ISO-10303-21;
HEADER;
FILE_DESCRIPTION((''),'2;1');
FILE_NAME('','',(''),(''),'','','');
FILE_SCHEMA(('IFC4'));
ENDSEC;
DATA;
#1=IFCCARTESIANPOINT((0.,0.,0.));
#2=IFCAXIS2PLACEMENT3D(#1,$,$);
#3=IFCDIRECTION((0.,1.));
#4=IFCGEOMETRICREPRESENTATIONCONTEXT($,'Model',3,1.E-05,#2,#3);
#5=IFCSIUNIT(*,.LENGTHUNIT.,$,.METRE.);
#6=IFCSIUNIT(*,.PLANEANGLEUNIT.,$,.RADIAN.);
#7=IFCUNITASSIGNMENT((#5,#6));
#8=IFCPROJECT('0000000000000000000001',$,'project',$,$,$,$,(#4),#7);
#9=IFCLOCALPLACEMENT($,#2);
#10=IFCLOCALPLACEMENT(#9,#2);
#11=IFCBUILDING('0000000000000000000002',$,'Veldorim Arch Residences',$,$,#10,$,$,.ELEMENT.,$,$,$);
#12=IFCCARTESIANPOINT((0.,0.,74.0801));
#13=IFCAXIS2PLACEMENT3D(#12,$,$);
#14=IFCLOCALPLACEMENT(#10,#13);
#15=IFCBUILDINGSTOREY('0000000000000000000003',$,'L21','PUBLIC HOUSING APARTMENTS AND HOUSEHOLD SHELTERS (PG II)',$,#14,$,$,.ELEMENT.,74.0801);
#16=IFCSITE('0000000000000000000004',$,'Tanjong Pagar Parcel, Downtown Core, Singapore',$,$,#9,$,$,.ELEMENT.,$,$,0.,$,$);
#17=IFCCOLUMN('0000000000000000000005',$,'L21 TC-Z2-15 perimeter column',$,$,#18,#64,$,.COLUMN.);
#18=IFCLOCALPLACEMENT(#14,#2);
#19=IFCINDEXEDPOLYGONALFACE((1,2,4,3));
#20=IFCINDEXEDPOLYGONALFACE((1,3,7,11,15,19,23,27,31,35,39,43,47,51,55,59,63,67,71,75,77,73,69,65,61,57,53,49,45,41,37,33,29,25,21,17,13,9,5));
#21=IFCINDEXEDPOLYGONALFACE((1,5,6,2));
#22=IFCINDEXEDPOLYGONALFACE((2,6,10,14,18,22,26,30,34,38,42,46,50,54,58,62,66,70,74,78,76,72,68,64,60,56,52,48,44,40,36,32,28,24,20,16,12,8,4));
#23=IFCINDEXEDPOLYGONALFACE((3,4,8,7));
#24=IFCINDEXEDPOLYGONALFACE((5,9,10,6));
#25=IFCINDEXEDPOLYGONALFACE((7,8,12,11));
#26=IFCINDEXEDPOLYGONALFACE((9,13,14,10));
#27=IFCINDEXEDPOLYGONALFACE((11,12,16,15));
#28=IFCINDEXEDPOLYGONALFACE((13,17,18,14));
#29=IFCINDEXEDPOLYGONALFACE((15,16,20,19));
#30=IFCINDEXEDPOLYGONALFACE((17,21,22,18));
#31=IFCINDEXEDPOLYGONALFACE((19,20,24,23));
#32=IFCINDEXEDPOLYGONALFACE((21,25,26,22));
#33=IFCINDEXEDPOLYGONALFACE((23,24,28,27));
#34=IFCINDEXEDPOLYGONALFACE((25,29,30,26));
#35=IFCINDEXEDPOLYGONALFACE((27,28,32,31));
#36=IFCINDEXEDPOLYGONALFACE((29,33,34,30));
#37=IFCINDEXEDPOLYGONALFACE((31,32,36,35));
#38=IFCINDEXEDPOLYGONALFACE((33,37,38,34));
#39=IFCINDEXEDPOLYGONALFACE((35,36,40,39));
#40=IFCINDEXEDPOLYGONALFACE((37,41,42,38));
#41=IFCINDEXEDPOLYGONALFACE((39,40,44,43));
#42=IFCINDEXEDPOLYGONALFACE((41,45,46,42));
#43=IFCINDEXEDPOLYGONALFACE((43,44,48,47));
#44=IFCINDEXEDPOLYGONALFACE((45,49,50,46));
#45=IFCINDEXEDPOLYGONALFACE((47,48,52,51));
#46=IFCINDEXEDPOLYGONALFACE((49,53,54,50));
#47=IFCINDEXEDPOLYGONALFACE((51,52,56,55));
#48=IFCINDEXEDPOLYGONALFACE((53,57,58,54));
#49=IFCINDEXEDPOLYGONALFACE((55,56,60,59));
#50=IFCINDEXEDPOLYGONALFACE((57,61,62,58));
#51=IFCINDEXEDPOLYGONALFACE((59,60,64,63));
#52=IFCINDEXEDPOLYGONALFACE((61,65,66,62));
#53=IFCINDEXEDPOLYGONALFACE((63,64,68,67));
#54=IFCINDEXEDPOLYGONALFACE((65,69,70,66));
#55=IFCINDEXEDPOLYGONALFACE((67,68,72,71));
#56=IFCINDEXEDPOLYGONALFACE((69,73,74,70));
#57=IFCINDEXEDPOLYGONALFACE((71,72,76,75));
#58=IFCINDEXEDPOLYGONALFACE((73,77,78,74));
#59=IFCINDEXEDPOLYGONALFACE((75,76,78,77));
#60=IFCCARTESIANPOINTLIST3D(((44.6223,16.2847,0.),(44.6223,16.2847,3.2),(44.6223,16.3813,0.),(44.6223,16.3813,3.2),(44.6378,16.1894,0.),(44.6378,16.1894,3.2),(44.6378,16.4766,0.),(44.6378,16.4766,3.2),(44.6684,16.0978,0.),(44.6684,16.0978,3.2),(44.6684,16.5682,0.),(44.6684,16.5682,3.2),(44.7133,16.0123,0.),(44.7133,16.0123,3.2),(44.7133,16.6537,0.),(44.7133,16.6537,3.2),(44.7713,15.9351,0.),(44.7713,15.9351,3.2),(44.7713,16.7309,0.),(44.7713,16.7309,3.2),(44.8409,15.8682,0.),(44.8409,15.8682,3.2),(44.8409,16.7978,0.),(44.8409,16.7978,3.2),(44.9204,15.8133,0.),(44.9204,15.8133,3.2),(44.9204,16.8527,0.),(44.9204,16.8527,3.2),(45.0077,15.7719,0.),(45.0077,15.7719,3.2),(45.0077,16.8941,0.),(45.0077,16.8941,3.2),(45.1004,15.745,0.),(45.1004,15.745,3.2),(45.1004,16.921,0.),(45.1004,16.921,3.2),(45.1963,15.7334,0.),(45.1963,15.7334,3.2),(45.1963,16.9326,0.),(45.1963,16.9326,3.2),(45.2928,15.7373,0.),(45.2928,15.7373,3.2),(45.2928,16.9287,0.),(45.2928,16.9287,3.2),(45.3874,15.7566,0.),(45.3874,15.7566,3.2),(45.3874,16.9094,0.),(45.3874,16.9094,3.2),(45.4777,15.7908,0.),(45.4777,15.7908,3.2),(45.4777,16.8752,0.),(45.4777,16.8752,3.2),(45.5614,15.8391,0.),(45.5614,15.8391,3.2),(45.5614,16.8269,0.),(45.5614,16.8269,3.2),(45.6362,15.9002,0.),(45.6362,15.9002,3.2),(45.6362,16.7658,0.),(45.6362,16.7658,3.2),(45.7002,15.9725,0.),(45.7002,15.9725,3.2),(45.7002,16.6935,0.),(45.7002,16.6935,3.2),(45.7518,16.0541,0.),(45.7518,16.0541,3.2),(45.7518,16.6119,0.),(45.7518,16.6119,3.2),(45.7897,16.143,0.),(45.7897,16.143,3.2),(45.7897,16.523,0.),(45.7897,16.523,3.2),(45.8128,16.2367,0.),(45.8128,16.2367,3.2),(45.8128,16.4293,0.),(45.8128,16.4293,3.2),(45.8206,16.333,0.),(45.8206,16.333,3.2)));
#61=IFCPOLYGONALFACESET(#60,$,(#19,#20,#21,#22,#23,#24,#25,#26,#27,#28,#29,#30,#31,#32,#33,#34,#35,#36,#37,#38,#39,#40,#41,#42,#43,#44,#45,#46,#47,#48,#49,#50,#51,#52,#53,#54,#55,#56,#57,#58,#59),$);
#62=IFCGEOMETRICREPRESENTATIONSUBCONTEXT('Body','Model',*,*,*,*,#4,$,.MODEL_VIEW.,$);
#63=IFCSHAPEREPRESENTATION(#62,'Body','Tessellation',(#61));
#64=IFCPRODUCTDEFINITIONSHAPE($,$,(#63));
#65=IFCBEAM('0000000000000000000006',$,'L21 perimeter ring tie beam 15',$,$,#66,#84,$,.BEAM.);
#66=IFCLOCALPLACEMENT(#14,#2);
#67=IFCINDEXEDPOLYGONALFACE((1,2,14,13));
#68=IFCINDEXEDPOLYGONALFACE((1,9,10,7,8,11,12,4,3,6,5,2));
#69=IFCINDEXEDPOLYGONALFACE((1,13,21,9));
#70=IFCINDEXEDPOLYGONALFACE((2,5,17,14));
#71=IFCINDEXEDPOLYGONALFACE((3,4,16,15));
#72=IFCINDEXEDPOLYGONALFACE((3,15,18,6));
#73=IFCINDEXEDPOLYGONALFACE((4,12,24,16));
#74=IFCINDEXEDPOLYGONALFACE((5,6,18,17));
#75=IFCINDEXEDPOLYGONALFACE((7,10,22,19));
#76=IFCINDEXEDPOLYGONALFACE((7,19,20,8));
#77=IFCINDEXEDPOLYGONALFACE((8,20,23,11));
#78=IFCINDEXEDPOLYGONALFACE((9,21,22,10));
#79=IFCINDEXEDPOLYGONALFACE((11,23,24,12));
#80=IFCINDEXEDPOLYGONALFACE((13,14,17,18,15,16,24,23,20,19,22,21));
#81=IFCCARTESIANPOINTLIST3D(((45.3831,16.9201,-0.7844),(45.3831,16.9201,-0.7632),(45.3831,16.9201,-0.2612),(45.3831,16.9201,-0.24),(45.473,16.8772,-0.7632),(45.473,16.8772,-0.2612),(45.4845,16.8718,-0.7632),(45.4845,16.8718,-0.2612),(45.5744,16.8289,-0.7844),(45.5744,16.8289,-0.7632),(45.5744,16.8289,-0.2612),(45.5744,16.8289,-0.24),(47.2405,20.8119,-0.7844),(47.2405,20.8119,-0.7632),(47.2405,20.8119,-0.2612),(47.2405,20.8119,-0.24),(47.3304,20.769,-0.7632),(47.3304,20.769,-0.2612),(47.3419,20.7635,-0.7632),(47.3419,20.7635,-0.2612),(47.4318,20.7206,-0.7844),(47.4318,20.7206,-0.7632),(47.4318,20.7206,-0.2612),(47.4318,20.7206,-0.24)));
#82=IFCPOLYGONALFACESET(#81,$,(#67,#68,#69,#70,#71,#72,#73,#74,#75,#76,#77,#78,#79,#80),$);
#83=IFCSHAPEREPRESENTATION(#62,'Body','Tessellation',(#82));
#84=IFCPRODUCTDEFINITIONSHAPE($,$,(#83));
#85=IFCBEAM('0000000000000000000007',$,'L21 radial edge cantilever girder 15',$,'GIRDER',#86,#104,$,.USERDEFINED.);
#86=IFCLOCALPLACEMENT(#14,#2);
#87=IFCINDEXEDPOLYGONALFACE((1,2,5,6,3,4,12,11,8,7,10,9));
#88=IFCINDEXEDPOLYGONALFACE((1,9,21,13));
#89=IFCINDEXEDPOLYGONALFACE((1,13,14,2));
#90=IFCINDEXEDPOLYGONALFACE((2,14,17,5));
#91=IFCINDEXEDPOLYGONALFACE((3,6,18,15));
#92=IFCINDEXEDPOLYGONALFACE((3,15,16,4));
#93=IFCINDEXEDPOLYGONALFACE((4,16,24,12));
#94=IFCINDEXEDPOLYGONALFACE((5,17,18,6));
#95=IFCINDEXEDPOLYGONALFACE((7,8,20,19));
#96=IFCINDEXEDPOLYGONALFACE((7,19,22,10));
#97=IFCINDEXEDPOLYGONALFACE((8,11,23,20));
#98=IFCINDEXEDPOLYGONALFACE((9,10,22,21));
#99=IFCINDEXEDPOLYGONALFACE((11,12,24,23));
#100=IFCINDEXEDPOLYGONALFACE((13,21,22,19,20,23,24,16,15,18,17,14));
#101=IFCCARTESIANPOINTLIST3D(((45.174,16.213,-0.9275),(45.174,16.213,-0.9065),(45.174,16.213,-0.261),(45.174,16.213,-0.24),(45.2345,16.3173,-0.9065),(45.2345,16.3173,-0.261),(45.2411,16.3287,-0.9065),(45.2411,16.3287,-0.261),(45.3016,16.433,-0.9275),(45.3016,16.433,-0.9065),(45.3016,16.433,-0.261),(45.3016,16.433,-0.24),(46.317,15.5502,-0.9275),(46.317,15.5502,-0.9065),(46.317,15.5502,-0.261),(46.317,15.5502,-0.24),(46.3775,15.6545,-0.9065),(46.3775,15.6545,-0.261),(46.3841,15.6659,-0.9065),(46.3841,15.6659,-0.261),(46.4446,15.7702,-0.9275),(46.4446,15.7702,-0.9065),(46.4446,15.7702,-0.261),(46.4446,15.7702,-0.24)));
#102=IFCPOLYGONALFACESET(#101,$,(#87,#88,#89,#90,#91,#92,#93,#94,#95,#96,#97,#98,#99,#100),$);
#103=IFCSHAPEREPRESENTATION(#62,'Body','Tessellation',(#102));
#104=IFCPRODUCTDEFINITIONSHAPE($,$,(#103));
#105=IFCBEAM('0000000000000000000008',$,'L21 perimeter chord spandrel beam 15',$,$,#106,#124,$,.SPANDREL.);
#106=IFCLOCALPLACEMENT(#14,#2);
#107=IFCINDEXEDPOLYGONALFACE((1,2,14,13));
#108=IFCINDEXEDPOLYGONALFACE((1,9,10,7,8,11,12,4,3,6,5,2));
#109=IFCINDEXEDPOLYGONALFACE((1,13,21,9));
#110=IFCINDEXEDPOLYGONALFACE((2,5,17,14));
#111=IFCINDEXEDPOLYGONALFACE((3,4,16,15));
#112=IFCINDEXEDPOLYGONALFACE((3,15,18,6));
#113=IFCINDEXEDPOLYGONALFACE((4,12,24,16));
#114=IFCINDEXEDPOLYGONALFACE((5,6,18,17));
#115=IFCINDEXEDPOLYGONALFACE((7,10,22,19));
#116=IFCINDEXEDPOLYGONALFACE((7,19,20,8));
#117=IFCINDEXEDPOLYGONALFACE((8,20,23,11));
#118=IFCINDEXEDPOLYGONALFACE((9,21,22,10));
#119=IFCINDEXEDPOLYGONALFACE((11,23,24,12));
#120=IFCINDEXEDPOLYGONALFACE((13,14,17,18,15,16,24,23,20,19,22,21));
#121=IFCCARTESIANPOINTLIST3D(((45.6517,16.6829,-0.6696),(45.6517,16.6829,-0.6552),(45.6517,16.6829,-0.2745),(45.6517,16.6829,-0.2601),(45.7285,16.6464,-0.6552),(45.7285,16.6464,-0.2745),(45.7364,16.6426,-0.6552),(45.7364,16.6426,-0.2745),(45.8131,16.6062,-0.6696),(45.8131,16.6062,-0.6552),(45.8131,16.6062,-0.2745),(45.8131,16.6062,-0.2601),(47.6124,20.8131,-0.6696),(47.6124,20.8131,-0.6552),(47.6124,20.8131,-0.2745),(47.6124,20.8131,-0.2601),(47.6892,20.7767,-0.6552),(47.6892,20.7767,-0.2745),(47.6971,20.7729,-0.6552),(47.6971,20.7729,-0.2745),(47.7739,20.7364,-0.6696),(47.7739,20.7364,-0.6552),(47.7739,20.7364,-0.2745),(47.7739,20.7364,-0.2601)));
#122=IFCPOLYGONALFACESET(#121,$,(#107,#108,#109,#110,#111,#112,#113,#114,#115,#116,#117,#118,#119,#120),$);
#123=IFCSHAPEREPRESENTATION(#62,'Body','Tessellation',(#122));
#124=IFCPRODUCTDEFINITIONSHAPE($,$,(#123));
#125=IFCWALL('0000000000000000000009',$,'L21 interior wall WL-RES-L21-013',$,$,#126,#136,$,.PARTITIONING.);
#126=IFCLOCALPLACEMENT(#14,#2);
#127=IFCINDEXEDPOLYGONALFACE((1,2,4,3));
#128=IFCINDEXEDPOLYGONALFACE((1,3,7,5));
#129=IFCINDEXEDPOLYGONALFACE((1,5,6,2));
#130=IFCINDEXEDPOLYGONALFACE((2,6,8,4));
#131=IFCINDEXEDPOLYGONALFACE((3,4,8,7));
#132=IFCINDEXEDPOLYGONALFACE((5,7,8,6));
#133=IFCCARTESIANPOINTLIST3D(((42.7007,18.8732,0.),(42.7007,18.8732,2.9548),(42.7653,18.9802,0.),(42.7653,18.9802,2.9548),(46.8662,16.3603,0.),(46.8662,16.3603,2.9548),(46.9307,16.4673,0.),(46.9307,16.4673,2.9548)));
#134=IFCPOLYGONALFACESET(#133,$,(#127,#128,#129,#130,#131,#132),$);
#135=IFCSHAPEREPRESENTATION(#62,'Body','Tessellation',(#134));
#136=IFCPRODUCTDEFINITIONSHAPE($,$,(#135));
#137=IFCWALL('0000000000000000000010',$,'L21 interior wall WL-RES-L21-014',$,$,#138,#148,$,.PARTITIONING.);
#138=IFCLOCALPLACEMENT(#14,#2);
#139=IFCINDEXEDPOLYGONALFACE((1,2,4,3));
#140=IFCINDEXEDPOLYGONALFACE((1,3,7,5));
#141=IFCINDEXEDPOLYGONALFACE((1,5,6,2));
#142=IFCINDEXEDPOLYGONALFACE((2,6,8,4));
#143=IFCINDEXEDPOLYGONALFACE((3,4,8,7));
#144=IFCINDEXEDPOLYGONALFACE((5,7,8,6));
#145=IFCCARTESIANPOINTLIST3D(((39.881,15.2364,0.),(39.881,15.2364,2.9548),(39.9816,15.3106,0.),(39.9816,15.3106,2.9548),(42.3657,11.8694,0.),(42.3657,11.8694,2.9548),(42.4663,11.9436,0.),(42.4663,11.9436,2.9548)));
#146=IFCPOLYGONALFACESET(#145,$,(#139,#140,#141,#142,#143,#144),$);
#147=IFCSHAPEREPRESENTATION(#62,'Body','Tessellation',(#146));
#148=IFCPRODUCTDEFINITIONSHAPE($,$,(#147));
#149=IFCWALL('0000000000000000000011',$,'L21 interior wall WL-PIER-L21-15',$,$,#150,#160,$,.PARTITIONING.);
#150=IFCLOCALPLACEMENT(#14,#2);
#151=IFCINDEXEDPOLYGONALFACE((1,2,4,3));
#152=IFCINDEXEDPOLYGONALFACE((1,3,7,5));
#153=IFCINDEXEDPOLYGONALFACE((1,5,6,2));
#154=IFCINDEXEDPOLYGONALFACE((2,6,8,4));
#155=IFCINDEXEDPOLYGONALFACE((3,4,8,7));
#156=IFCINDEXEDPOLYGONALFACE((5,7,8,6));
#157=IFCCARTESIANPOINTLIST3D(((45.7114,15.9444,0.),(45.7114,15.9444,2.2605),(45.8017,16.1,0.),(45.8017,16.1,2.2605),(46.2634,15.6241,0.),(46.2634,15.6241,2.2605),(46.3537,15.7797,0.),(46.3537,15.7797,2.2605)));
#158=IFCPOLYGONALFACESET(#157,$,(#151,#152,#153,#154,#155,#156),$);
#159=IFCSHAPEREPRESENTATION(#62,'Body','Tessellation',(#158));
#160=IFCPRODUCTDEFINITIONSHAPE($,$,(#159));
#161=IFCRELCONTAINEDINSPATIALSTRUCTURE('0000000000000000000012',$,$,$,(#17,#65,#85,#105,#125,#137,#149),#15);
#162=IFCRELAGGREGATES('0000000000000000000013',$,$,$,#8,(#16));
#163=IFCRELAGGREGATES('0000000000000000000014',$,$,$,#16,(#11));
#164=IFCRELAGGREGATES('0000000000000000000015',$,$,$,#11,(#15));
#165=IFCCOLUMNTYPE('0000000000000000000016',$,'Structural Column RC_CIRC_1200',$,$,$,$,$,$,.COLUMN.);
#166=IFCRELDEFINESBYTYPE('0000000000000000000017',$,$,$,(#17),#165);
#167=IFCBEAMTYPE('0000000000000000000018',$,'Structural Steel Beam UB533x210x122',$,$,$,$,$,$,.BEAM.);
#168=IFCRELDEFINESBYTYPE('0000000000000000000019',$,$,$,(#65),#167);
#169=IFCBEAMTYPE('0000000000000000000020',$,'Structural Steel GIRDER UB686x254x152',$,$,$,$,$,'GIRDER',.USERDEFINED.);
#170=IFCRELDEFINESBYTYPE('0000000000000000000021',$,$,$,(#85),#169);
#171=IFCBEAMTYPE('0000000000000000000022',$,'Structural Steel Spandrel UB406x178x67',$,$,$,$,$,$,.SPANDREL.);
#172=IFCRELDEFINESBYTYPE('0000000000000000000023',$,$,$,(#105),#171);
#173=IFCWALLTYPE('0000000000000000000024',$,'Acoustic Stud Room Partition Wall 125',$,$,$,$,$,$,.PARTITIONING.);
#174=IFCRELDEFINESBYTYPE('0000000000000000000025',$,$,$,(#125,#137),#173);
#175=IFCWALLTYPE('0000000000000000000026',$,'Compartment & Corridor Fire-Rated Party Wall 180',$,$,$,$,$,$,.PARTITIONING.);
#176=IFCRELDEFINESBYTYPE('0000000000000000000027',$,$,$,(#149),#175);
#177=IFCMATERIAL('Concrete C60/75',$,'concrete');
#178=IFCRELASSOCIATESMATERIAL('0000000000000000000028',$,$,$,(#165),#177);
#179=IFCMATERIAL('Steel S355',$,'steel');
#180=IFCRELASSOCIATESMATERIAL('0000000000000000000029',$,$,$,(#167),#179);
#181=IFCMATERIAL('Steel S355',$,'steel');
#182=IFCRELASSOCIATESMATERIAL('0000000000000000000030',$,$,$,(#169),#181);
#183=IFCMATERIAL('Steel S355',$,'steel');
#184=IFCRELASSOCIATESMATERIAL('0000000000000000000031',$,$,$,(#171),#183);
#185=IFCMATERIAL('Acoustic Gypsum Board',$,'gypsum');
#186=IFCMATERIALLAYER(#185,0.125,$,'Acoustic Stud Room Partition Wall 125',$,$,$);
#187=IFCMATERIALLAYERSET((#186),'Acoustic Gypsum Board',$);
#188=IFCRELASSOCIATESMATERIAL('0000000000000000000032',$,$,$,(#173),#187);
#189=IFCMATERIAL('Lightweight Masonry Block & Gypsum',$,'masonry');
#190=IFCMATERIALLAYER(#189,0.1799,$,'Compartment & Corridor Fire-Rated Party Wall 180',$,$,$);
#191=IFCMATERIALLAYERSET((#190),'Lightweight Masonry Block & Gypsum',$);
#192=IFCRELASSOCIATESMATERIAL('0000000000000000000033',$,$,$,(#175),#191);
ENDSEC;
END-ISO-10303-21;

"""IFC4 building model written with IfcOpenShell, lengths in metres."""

from ifc_helpers import new_model, si_unit, direction, frame, frame_2d, origin, origin_2d, place, context, subcontext, project, spatial, rectangle, circle, i_section, extrude, material, layer, layer_set, material_profile, profile_set, type_object, element, save


model = new_model("IFC4")

# Units and contexts
model_context = context("Model", 3, precision=1e-05, world=origin(), true_north=direction((0.0, 1.0)))
body_context = subcontext(model_context, "Body", "Model", "MODEL_VIEW")
ifc_project = project(units=[si_unit("LENGTHUNIT", "METRE"), si_unit("PLANEANGLEUNIT", "RADIAN")], contexts=[model_context])

# Site, building, storey
site_placement = place(None, origin())
site = spatial("IfcSite", under=ifc_project, at=site_placement, Name="Tanjong Pagar Parcel, Downtown Core, Singapore", CompositionType="ELEMENT", RefElevation=0.0)
building_placement = place(site_placement, origin())
building = spatial("IfcBuilding", under=site, at=building_placement, Name="Veldorim Arch Residences", CompositionType="ELEMENT")
storey_placement = place(building_placement, frame((0.0, 0.0, 74.0801)))
storey = spatial("IfcBuildingStorey", under=building, at=storey_placement, Name="L21", Description="PUBLIC HOUSING APARTMENTS AND HOUSEHOLD SHELTERS (PG II)", CompositionType="ELEMENT", Elevation=74.0801)

# Column
ifc_material_1 = material(Name="Concrete C60/75", Category="concrete")
ifc_material_profile_1 = material_profile(ifc_material_1, circle(Radius=0.6001, at=origin_2d()), Name="RC_CIRC_1200")
ifc_profile_set_1 = profile_set([ifc_material_profile_1], Name="Concrete C60/75")
column_type = type_object("IfcColumnType", Name="Structural Column RC_CIRC_1200", PredefinedType="COLUMN", material=ifc_profile_set_1)
column_placement = place(storey_placement, frame((45.2205, 16.333, 0.0), z_axis=(0.0, 0.0, 1.0), x_axis=(1.0, 0.0, 0.0)))
element("IfcColumn", 1, at=column_placement, inside=storey, type_object=column_type, Name="L21 TC-Z2-15 perimeter column", PredefinedType="COLUMN", context=body_context, shape_type="SweptSolid", body=[
    extrude(circle(Radius=0.6001, at=origin_2d()), origin(), (0.0, 0.0, 1.0), 3.2),
])

# Beams
ifc_material_2 = material(Name="Steel S355", Category="steel")
ifc_material_profile_2 = material_profile(ifc_material_2, i_section(OverallWidth=0.2119, OverallDepth=0.5444, WebThickness=0.0127, FlangeThickness=0.0212, at=origin_2d()), Name="UB533x210x122")
ifc_profile_set_2 = profile_set([ifc_material_profile_2], Name="Steel S355")
beam_type_1 = type_object("IfcBeamType", Name="Structural Steel Beam UB533x210x122", PredefinedType="BEAM", material=ifc_profile_set_2)
beam_1_placement = place(storey_placement, frame((45.4788, 16.8745, -0.5122), z_axis=(0.43072, 0.902486, 0.0), x_axis=(-0.902486, 0.43072, 0.0)))
element("IfcBeam", 2, at=beam_1_placement, inside=storey, type_object=beam_type_1, Name="L21 perimeter ring tie beam 15", PredefinedType="BEAM", context=body_context, shape_type="SweptSolid", body=[
    extrude(i_section(OverallWidth=0.2119, OverallDepth=0.5444, WebThickness=0.0127, FlangeThickness=0.0212, at=origin_2d()), origin(), (0.0, 0.0, 1.0), 4.3123),
])
ifc_material_3 = material(Name="Steel S355", Category="steel")
ifc_material_profile_3 = material_profile(ifc_material_3, i_section(OverallWidth=0.2544, OverallDepth=0.6875, WebThickness=0.0132, FlangeThickness=0.021, at=origin_2d()), Name="UB686x254x152")
ifc_profile_set_3 = profile_set([ifc_material_profile_3], Name="Steel S355")
beam_type_2 = type_object("IfcBeamType", Name="Structural Steel GIRDER UB686x254x152", ElementType="GIRDER", PredefinedType="USERDEFINED", material=ifc_profile_set_3)
beam_2_placement = place(storey_placement, frame((45.2378, 16.323, -0.5837), z_axis=(0.865076, -0.501641, 0.0), x_axis=(0.501641, 0.865076, 0.0)))
element("IfcBeam", 3, at=beam_2_placement, inside=storey, type_object=beam_type_2, Name="L21 radial edge cantilever girder 15", ObjectType="GIRDER", PredefinedType="USERDEFINED", context=body_context, shape_type="SweptSolid", body=[
    extrude(i_section(OverallWidth=0.2544, OverallDepth=0.6875, WebThickness=0.0132, FlangeThickness=0.021, at=origin_2d()), origin(), (0.0, 0.0, 1.0), 1.3213),
])
ifc_material_4 = material(Name="Steel S355", Category="steel")
ifc_material_profile_4 = material_profile(ifc_material_4, i_section(OverallWidth=0.1787, OverallDepth=0.4094, WebThickness=0.0088, FlangeThickness=0.0144, at=origin_2d()), Name="UB406x178x67")
ifc_profile_set_4 = profile_set([ifc_material_profile_4], Name="Steel S355")
beam_type_3 = type_object("IfcBeamType", Name="Structural Steel Spandrel UB406x178x67", PredefinedType="SPANDREL", material=ifc_profile_set_4)
beam_3_placement = place(storey_placement, frame((45.7324, 16.6445, -0.4648), z_axis=(0.428857, 0.903372, 0.0), x_axis=(-0.903372, 0.428857, 0.0)))
element("IfcBeam", 4, at=beam_3_placement, inside=storey, type_object=beam_type_3, Name="L21 perimeter chord spandrel beam 15", PredefinedType="SPANDREL", context=body_context, shape_type="SweptSolid", body=[
    extrude(i_section(OverallWidth=0.1787, OverallDepth=0.4094, WebThickness=0.0088, FlangeThickness=0.0144, at=origin_2d()), origin(), (0.0, 0.0, 1.0), 4.572),
])

# Walls
ifc_material_5 = material(Name="Acoustic Gypsum Board", Category="gypsum")
ifc_layer_1 = layer(ifc_material_5, 0.125, Name="Acoustic Stud Room Partition Wall 125")
ifc_layer_set_1 = layer_set([ifc_layer_1], Name="Acoustic Gypsum Board")
wall_type_1 = type_object("IfcWallType", Name="Acoustic Stud Room Partition Wall 125", PredefinedType="PARTITIONING", material=ifc_layer_set_1)
wall_1_placement = place(storey_placement, frame((46.8984, 16.4138, 0.0), z_axis=(0.0, 0.0, 1.0), x_axis=(-0.856255, 0.516553, 0.0)))
element("IfcWall", 5, at=wall_1_placement, inside=storey, type_object=wall_type_1, Name="L21 interior wall WL-RES-L21-013", PredefinedType="PARTITIONING", context=body_context, shape_type="SweptSolid", body=[
    extrude(rectangle(XDim=4.8647, YDim=0.125, at=frame_2d((2.4324, 0.0))), origin(), (0.0, 0.0, 1.0), 2.9548),
])
wall_2_placement = place(storey_placement, frame((42.416, 11.9065, 0.0), z_axis=(0.0, 0.0, 1.0), x_axis=(-0.593774, 0.804632, 0.0)))
element("IfcWall", 6, at=wall_2_placement, inside=storey, type_object=wall_type_1, Name="L21 interior wall WL-RES-L21-014", PredefinedType="PARTITIONING", context=body_context, shape_type="SweptSolid", body=[
    extrude(rectangle(XDim=4.1846, YDim=0.125, at=frame_2d((2.0923, 0.0))), origin(), (0.0, 0.0, 1.0), 2.9548),
])
ifc_material_6 = material(Name="Lightweight Masonry Block & Gypsum", Category="masonry")
ifc_layer_2 = layer(ifc_material_6, 0.1799, Name="Compartment & Corridor Fire-Rated Party Wall 180")
ifc_layer_set_2 = layer_set([ifc_layer_2], Name="Lightweight Masonry Block & Gypsum")
wall_type_2 = type_object("IfcWallType", Name="Compartment & Corridor Fire-Rated Party Wall 180", PredefinedType="PARTITIONING", material=ifc_layer_set_2)
wall_3_placement = place(storey_placement, frame((45.7566, 16.0222, 0.0), z_axis=(0.0, 0.0, 1.0), x_axis=(0.864928, -0.501896, 0.0)))
element("IfcWall", 7, at=wall_3_placement, inside=storey, type_object=wall_type_2, Name="L21 interior wall WL-PIER-L21-15", PredefinedType="PARTITIONING", context=body_context, shape_type="SweptSolid", body=[
    extrude(rectangle(XDim=0.6382, YDim=0.1799, at=frame_2d((0.3191, 0.0))), origin(), (0.0, 0.0, 1.0), 2.2605),
])

save(model, "model.ifc")
